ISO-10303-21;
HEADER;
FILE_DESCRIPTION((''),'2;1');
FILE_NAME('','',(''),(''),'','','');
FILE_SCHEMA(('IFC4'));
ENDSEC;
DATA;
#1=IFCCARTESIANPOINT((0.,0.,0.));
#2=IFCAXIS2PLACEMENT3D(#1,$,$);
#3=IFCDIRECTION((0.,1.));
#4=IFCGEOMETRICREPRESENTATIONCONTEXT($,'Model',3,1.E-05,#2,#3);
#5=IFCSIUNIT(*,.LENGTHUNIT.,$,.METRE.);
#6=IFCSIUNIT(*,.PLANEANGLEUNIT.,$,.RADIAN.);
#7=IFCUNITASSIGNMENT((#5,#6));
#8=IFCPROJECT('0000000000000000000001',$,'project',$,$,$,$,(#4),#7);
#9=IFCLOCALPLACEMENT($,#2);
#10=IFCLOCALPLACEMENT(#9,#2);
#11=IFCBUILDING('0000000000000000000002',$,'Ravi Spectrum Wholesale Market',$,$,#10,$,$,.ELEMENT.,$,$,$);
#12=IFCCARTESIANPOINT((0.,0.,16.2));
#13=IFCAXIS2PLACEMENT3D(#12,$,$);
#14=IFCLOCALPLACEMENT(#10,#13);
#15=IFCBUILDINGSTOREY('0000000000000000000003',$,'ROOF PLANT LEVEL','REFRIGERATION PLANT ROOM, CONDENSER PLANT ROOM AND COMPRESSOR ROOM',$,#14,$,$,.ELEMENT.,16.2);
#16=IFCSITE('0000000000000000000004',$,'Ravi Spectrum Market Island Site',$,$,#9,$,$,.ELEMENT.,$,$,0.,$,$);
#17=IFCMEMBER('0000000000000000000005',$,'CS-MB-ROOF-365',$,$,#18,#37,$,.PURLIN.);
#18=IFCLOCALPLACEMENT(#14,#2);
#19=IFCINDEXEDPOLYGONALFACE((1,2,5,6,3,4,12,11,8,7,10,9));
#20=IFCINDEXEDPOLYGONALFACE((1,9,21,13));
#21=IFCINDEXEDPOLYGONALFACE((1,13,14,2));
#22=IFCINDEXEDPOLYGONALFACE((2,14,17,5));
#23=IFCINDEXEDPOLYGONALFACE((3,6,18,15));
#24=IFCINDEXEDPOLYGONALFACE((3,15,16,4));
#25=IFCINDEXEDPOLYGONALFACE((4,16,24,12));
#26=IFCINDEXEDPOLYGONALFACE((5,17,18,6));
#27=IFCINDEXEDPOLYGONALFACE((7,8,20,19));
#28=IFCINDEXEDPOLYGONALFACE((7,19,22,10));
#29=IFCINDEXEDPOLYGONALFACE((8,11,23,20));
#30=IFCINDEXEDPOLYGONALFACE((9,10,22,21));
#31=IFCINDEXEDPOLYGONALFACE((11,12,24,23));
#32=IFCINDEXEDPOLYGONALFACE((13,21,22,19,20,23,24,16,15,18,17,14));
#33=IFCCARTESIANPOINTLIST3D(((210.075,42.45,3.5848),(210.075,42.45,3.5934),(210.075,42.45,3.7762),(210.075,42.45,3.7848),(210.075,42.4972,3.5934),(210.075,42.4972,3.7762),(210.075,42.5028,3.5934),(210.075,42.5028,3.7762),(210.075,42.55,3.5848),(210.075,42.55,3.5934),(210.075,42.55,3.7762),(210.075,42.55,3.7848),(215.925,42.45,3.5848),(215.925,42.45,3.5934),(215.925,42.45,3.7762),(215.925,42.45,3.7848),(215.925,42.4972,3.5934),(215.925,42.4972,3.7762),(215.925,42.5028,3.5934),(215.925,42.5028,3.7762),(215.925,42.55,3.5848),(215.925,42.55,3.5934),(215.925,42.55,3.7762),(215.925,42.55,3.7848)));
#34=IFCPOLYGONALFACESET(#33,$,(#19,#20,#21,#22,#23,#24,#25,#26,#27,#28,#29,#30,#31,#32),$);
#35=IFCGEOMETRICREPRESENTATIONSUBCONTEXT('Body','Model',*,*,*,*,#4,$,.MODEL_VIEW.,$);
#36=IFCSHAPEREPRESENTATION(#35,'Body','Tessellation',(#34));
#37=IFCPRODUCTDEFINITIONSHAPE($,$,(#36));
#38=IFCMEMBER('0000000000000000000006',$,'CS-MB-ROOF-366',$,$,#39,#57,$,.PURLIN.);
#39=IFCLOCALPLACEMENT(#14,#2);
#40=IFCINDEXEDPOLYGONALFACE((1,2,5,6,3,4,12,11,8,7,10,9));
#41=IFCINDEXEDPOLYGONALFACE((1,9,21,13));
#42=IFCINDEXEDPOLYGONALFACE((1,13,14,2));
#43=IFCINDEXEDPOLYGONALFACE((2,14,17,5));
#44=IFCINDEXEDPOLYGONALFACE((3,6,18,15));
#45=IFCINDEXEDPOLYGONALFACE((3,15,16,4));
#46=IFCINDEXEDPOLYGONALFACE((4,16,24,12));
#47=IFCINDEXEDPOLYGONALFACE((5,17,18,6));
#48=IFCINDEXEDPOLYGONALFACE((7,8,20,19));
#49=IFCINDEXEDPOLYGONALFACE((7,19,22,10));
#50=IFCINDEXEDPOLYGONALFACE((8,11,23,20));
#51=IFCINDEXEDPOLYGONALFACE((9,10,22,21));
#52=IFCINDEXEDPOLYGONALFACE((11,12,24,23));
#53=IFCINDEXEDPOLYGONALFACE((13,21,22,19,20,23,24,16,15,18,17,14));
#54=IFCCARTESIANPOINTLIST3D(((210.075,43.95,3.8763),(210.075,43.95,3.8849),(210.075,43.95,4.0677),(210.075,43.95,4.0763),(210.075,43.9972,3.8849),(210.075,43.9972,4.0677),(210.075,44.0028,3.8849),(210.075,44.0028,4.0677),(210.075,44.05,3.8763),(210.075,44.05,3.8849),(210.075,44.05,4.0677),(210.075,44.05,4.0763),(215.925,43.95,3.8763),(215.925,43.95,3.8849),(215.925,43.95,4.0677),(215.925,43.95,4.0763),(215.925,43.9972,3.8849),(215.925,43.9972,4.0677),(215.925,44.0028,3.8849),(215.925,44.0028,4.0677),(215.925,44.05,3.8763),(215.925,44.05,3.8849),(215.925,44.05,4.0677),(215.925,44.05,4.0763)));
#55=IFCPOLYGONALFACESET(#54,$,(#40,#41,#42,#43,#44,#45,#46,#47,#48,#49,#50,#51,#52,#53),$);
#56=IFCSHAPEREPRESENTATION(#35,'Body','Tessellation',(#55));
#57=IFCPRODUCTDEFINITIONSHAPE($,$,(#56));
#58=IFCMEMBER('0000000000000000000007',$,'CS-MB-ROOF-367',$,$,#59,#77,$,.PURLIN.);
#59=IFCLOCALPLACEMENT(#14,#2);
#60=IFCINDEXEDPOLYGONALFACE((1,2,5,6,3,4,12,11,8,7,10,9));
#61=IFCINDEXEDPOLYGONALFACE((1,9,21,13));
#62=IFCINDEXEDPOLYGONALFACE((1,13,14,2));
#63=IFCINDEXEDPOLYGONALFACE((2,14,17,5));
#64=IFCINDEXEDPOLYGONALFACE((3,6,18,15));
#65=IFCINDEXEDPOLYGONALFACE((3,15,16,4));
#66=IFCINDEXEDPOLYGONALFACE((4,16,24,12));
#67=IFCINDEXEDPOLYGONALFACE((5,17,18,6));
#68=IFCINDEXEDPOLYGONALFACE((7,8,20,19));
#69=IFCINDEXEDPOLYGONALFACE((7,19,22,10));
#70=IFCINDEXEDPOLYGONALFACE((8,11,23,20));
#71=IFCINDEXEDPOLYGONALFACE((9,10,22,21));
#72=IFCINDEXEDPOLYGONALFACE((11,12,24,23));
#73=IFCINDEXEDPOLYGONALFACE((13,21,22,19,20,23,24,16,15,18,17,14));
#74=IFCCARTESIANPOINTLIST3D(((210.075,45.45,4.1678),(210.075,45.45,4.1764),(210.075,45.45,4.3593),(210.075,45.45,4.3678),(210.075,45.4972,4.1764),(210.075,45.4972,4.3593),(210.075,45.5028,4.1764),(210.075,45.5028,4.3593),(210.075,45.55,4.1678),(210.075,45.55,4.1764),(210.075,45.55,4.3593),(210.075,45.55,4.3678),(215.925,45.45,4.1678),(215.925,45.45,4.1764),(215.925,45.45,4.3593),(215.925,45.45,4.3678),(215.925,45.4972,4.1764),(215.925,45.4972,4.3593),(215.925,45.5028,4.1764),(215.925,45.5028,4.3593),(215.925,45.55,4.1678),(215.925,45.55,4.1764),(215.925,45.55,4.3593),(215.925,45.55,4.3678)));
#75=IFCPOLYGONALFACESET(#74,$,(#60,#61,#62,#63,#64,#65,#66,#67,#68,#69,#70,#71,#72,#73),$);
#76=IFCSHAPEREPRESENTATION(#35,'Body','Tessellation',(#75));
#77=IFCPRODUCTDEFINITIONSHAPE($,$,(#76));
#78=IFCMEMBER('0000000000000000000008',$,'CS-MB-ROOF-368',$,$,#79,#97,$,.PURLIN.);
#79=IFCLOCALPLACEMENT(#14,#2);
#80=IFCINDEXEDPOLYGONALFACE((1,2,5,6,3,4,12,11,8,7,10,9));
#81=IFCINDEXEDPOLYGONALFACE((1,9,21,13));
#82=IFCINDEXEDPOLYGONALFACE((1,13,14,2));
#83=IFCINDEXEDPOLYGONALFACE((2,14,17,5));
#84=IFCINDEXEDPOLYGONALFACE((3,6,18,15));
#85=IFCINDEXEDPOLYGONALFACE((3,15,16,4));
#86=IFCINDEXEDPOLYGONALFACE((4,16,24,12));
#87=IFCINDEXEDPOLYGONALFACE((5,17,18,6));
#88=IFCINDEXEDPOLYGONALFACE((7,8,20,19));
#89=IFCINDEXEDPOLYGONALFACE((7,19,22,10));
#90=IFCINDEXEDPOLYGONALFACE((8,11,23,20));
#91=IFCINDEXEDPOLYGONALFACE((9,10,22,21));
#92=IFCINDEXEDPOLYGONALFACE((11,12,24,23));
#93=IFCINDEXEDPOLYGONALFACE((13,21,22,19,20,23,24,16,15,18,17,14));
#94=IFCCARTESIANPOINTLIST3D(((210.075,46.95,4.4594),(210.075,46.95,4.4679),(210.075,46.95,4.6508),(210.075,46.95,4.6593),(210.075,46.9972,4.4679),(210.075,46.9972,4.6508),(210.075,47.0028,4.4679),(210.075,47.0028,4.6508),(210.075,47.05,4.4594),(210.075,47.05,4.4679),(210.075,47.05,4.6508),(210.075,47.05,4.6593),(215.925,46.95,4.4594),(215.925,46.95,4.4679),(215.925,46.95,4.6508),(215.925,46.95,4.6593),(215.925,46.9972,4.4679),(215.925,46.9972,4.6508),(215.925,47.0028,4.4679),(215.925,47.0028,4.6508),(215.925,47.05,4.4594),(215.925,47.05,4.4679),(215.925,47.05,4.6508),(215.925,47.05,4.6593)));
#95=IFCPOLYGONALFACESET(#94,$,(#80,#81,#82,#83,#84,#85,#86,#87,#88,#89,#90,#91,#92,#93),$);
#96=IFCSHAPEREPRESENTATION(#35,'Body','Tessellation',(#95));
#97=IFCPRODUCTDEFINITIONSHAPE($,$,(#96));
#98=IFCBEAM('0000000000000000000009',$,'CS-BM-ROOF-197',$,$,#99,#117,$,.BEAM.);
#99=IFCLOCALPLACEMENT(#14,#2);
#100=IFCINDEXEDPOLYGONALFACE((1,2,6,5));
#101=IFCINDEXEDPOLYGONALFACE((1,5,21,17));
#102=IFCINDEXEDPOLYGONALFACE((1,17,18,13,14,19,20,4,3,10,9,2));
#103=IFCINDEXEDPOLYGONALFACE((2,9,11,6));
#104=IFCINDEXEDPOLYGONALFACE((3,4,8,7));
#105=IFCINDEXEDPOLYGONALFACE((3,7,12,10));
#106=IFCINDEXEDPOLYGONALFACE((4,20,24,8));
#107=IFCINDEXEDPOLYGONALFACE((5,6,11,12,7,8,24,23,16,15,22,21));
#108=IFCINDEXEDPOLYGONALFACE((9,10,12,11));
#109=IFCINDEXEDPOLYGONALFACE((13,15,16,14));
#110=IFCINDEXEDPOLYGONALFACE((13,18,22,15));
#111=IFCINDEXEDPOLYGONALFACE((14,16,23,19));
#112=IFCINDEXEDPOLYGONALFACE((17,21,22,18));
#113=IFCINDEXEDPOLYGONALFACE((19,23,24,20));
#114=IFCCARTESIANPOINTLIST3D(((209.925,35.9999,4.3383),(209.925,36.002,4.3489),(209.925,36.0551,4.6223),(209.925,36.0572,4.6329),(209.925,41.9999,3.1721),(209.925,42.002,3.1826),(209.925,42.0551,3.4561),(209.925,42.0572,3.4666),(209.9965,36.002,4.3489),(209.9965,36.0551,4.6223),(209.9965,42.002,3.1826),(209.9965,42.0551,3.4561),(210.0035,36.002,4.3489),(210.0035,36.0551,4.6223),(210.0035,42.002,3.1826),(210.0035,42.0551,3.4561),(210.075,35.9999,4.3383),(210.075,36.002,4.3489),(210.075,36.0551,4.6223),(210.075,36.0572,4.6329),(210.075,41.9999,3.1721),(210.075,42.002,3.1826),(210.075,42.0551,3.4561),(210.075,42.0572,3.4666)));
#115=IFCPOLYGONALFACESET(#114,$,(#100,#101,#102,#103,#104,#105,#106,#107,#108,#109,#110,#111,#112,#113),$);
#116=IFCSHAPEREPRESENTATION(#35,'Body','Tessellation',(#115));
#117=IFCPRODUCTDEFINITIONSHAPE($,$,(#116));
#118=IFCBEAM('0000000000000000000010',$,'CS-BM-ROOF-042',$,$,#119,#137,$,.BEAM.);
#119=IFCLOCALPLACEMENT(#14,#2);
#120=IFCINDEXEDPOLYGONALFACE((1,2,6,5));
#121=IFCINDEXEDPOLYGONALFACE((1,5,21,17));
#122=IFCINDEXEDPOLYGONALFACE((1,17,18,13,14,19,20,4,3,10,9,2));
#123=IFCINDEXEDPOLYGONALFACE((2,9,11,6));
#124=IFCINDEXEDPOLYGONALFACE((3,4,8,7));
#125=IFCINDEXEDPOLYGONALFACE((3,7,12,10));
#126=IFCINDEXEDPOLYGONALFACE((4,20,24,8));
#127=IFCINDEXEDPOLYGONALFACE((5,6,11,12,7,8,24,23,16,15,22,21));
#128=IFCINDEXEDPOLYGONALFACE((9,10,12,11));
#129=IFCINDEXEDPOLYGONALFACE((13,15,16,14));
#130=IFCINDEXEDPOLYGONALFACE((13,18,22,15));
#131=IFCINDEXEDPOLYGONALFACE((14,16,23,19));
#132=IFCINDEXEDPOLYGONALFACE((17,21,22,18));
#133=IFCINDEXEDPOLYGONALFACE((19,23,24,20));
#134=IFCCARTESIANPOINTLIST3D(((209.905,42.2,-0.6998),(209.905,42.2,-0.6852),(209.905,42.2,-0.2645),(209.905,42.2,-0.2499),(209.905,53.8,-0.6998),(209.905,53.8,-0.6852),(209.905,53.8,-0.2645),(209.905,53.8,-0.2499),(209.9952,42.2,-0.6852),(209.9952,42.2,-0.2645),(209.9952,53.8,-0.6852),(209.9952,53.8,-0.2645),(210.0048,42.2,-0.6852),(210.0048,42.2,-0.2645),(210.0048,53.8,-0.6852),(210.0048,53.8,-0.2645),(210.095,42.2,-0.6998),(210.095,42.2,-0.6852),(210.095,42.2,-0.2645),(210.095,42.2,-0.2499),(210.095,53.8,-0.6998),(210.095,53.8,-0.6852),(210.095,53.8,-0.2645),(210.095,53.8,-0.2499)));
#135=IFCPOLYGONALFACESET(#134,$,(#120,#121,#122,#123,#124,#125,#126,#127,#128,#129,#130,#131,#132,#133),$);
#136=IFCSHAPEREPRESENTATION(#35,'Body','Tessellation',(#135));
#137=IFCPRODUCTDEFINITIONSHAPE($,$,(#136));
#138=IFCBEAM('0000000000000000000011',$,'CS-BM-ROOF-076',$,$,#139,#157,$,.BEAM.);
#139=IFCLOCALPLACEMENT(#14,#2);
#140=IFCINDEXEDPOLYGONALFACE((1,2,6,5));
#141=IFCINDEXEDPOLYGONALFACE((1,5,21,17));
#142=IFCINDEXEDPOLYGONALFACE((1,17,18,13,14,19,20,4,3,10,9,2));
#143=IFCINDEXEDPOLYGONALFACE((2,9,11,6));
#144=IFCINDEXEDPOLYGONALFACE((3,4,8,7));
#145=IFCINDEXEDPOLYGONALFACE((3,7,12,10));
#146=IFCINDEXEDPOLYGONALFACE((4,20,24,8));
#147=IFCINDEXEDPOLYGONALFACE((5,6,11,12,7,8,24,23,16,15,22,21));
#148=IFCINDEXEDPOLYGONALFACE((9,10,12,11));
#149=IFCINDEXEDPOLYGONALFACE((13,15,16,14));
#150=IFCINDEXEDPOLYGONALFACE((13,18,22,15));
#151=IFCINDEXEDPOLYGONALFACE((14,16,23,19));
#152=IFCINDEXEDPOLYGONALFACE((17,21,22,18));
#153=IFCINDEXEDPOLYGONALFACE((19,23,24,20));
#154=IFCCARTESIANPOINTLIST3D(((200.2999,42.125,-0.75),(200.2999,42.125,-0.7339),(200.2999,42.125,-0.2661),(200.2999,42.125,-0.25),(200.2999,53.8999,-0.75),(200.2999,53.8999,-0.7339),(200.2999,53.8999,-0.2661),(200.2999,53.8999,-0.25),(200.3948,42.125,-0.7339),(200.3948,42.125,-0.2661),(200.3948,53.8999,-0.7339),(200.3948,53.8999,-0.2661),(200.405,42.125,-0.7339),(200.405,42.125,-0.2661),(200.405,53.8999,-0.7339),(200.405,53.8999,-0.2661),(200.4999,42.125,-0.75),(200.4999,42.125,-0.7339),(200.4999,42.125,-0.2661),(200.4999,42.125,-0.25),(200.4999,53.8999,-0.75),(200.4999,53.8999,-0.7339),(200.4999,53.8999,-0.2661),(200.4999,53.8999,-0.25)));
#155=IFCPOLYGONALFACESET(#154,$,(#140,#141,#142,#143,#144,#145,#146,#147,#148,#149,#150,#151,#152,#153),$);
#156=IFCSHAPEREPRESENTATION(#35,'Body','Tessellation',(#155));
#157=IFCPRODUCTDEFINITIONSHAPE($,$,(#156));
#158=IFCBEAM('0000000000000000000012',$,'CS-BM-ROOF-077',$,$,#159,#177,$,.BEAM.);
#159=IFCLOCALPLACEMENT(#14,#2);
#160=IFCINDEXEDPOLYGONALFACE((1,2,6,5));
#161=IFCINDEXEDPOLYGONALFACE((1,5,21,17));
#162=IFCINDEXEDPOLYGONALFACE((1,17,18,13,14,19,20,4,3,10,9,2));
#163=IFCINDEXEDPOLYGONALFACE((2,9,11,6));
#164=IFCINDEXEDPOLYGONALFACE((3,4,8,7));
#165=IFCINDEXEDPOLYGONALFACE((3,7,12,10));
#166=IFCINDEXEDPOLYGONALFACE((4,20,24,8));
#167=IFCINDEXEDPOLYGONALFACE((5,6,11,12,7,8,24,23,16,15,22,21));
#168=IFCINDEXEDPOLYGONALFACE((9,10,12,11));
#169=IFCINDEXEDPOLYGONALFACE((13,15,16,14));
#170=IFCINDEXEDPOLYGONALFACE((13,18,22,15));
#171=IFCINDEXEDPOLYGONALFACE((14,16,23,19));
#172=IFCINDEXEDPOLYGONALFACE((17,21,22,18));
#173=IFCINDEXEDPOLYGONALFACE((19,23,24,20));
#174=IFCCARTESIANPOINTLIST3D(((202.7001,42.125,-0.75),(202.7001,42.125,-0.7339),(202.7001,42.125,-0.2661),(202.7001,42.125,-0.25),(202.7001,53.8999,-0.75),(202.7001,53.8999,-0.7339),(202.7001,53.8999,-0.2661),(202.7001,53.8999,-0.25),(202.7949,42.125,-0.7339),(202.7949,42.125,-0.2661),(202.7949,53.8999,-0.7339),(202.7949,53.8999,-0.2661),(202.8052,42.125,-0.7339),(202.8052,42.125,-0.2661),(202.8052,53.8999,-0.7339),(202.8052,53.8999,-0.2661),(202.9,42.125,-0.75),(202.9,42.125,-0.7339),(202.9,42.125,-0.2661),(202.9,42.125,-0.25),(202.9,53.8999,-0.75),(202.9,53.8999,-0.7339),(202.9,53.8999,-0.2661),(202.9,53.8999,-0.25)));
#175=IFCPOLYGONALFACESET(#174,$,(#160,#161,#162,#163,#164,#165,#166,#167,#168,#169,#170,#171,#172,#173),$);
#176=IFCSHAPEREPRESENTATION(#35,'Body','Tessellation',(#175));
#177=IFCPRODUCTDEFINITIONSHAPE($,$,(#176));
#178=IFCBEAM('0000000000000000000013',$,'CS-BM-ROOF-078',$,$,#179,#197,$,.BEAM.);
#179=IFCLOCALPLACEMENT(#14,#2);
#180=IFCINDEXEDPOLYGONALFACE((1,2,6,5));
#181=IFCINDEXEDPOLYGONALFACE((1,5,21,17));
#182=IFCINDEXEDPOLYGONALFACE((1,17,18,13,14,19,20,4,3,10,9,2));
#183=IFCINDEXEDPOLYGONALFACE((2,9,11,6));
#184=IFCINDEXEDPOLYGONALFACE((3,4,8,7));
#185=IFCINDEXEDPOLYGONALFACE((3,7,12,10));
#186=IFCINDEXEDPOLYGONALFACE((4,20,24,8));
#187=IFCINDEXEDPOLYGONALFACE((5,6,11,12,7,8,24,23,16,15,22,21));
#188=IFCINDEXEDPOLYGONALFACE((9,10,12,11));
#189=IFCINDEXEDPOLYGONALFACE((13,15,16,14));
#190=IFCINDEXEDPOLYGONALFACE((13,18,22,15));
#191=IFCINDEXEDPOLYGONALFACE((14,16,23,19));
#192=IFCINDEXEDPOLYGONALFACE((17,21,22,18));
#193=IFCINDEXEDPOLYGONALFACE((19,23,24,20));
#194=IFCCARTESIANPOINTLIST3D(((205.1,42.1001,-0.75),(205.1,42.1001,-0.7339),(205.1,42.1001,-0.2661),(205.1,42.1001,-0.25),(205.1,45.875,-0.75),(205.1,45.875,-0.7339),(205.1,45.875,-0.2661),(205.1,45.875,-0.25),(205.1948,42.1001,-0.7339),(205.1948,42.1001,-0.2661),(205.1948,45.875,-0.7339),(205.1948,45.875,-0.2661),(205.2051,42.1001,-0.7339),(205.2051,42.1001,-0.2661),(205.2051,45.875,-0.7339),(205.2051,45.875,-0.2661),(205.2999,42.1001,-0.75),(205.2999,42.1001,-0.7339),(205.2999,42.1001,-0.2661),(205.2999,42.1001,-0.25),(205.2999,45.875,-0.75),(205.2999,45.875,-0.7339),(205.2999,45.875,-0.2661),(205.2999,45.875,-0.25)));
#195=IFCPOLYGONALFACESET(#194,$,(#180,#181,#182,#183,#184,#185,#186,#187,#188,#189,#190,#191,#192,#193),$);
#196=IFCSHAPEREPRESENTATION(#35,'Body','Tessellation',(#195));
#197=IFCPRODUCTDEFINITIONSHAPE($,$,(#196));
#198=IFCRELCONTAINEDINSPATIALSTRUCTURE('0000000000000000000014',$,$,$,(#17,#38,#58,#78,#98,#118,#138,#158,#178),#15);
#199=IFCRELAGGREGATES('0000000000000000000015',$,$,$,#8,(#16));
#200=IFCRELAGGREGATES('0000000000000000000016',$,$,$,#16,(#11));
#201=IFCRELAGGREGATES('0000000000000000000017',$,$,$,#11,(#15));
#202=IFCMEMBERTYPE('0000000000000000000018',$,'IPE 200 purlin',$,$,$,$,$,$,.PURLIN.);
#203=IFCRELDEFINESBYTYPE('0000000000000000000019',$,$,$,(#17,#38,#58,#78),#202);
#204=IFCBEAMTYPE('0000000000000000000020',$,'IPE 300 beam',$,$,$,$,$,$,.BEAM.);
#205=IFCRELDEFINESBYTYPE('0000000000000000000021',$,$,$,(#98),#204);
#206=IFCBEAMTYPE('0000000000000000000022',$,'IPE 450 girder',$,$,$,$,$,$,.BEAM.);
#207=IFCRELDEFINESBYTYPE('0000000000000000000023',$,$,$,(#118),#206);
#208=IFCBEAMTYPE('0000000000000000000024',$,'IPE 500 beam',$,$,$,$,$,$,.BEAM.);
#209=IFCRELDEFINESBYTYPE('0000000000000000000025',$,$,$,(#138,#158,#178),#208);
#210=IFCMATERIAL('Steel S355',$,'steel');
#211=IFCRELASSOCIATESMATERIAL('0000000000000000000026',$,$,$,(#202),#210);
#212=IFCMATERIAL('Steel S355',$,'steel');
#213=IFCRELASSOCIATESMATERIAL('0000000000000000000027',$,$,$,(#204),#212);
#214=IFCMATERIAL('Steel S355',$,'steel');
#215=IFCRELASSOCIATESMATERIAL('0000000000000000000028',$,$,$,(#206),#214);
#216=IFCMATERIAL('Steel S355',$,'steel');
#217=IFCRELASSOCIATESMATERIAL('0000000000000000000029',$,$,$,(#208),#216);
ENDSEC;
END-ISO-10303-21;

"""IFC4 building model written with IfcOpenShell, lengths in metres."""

from ifc_helpers import new_model, si_unit, direction, frame, origin, origin_2d, place, context, subcontext, project, spatial, i_section, extrude, material, material_profile, profile_set, type_object, element, save


model = new_model("IFC4")

# Units and contexts
model_context = context("Model", 3, precision=1e-05, world=origin(), true_north=direction((0.0, 1.0)))
body_context = subcontext(model_context, "Body", "Model", "MODEL_VIEW")
ifc_project = project(units=[si_unit("LENGTHUNIT", "METRE"), si_unit("PLANEANGLEUNIT", "RADIAN")], contexts=[model_context])

# Site, building, storey
site_placement = place(None, origin())
site = spatial("IfcSite", under=ifc_project, at=site_placement, Name="Ravi Spectrum Market Island Site", CompositionType="ELEMENT", RefElevation=0.0)
building_placement = place(site_placement, origin())
building = spatial("IfcBuilding", under=site, at=building_placement, Name="Ravi Spectrum Wholesale Market", CompositionType="ELEMENT")
storey_placement = place(building_placement, frame((0.0, 0.0, 16.2)))
storey = spatial("IfcBuildingStorey", under=building, at=storey_placement, Name="ROOF PLANT LEVEL", Description="REFRIGERATION PLANT ROOM, CONDENSER PLANT ROOM AND COMPRESSOR ROOM", CompositionType="ELEMENT", Elevation=16.2)

# Members
ifc_material_1 = material(Name="Steel S355", Category="steel")
ifc_material_profile_1 = material_profile(ifc_material_1, i_section(OverallWidth=0.1001, OverallDepth=0.2, WebThickness=0.0056, FlangeThickness=0.0085, at=origin_2d()))
ifc_profile_set_1 = profile_set([ifc_material_profile_1], Name="Steel S355")
member_type_1 = type_object("IfcMemberType", Name="IPE 200 purlin", PredefinedType="PURLIN", material=ifc_profile_set_1)
for number, where, z_axis, x_axis, name in (
    (1, (210.075, 42.5, 3.6848), (1.0, 0.0, 0.0), (0.0, 1.0, 0.0), "CS-MB-ROOF-365"),
    (2, (210.075, 44.0, 3.9763), (1.0, 0.0, 0.0), (0.0, 1.0, 0.0), "CS-MB-ROOF-366"),
    (3, (210.075, 45.5, 4.2678), (1.0, 0.0, 0.0), (0.0, 1.0, 0.0), "CS-MB-ROOF-367"),
    (4, (210.075, 47.0, 4.5593), (1.0, 0.0, 0.0), (0.0, 1.0, 0.0), "CS-MB-ROOF-368"),
):
    element("IfcMember", number, at=place(storey_placement, frame(where, z_axis=z_axis, x_axis=x_axis)), inside=storey, type_object=member_type_1, Name=name, PredefinedType="PURLIN", context=body_context, shape_type="SweptSolid", body=[
        extrude(i_section(OverallWidth=0.1001, OverallDepth=0.2, WebThickness=0.0056, FlangeThickness=0.0085, at=origin_2d()), origin(), (0.0, 0.0, 1.0), 5.8501),
    ])

# Beams
ifc_material_2 = material(Name="Steel S355", Category="steel")
ifc_material_profile_2 = material_profile(ifc_material_2, i_section(OverallWidth=0.1499, OverallDepth=0.3, WebThickness=0.0071, FlangeThickness=0.0107, at=origin_2d()))
ifc_profile_set_2 = profile_set([ifc_material_profile_2], Name="Steel S355")
beam_type_1 = type_object("IfcBeamType", Name="IPE 300 beam", PredefinedType="BEAM", material=ifc_profile_set_2)
beam_1_placement = place(storey_placement, frame((210.0, 42.0286, 3.3193), z_axis=(0.0, -0.981628, 0.190806), x_axis=(1.0, 0.0, 0.0)))
element("IfcBeam", 5, at=beam_1_placement, inside=storey, type_object=beam_type_1, Name="CS-BM-ROOF-197", PredefinedType="BEAM", context=body_context, shape_type="SweptSolid", body=[
    extrude(i_section(OverallWidth=0.1499, OverallDepth=0.3, WebThickness=0.0071, FlangeThickness=0.0107, at=origin_2d()), origin(), (0.0, 0.0, 1.0), 6.1123),
])
ifc_material_3 = material(Name="Steel S355", Category="steel")
ifc_material_profile_3 = material_profile(ifc_material_3, i_section(OverallWidth=0.1899, OverallDepth=0.45, WebThickness=0.0095, FlangeThickness=0.0146, at=origin_2d()))
ifc_profile_set_3 = profile_set([ifc_material_profile_3], Name="Steel S355")
beam_type_2 = type_object("IfcBeamType", Name="IPE 450 girder", PredefinedType="BEAM", material=ifc_profile_set_3)
beam_2_placement = place(storey_placement, frame((210.0, 42.2, -0.4749), z_axis=(0.0, 1.0, 0.0), x_axis=(-1.0, 0.0, 0.0)))
element("IfcBeam", 6, at=beam_2_placement, inside=storey, type_object=beam_type_2, Name="CS-BM-ROOF-042", PredefinedType="BEAM", context=body_context, shape_type="SweptSolid", body=[
    extrude(i_section(OverallWidth=0.1899, OverallDepth=0.45, WebThickness=0.0095, FlangeThickness=0.0146, at=origin_2d()), origin(), (0.0, 0.0, 1.0), 11.6001),
])
ifc_material_4 = material(Name="Steel S355", Category="steel")
ifc_material_profile_4 = material_profile(ifc_material_4, i_section(OverallWidth=0.2, OverallDepth=0.5, WebThickness=0.0103, FlangeThickness=0.0161, at=origin_2d()))
ifc_profile_set_4 = profile_set([ifc_material_profile_4], Name="Steel S355")
beam_type_3 = type_object("IfcBeamType", Name="IPE 500 beam", PredefinedType="BEAM", material=ifc_profile_set_4)
for number, where, z_axis, x_axis, name in (
    (7, (200.3999, 42.125, -0.5), (0.0, 1.0, 0.0), (-1.0, 0.0, 0.0), "CS-BM-ROOF-076"),
    (8, (202.8, 42.125, -0.5), (0.0, 1.0, 0.0), (-1.0, 0.0, 0.0), "CS-BM-ROOF-077"),
):
    element("IfcBeam", number, at=place(storey_placement, frame(where, z_axis=z_axis, x_axis=x_axis)), inside=storey, type_object=beam_type_3, Name=name, PredefinedType="BEAM", context=body_context, shape_type="SweptSolid", body=[
        extrude(i_section(OverallWidth=0.2, OverallDepth=0.5, WebThickness=0.0103, FlangeThickness=0.0161, at=origin_2d()), origin(), (0.0, 0.0, 1.0), 11.7749),
    ])
beam_3_placement = place(storey_placement, frame((205.2, 42.1001, -0.5), z_axis=(0.0, 1.0, 0.0), x_axis=(-1.0, 0.0, 0.0)))
element("IfcBeam", 9, at=beam_3_placement, inside=storey, type_object=beam_type_3, Name="CS-BM-ROOF-078", PredefinedType="BEAM", context=body_context, shape_type="SweptSolid", body=[
    extrude(i_section(OverallWidth=0.2, OverallDepth=0.5, WebThickness=0.0103, FlangeThickness=0.0161, at=origin_2d()), origin(), (0.0, 0.0, 1.0), 3.7749),
])

save(model, "model.ifc")
